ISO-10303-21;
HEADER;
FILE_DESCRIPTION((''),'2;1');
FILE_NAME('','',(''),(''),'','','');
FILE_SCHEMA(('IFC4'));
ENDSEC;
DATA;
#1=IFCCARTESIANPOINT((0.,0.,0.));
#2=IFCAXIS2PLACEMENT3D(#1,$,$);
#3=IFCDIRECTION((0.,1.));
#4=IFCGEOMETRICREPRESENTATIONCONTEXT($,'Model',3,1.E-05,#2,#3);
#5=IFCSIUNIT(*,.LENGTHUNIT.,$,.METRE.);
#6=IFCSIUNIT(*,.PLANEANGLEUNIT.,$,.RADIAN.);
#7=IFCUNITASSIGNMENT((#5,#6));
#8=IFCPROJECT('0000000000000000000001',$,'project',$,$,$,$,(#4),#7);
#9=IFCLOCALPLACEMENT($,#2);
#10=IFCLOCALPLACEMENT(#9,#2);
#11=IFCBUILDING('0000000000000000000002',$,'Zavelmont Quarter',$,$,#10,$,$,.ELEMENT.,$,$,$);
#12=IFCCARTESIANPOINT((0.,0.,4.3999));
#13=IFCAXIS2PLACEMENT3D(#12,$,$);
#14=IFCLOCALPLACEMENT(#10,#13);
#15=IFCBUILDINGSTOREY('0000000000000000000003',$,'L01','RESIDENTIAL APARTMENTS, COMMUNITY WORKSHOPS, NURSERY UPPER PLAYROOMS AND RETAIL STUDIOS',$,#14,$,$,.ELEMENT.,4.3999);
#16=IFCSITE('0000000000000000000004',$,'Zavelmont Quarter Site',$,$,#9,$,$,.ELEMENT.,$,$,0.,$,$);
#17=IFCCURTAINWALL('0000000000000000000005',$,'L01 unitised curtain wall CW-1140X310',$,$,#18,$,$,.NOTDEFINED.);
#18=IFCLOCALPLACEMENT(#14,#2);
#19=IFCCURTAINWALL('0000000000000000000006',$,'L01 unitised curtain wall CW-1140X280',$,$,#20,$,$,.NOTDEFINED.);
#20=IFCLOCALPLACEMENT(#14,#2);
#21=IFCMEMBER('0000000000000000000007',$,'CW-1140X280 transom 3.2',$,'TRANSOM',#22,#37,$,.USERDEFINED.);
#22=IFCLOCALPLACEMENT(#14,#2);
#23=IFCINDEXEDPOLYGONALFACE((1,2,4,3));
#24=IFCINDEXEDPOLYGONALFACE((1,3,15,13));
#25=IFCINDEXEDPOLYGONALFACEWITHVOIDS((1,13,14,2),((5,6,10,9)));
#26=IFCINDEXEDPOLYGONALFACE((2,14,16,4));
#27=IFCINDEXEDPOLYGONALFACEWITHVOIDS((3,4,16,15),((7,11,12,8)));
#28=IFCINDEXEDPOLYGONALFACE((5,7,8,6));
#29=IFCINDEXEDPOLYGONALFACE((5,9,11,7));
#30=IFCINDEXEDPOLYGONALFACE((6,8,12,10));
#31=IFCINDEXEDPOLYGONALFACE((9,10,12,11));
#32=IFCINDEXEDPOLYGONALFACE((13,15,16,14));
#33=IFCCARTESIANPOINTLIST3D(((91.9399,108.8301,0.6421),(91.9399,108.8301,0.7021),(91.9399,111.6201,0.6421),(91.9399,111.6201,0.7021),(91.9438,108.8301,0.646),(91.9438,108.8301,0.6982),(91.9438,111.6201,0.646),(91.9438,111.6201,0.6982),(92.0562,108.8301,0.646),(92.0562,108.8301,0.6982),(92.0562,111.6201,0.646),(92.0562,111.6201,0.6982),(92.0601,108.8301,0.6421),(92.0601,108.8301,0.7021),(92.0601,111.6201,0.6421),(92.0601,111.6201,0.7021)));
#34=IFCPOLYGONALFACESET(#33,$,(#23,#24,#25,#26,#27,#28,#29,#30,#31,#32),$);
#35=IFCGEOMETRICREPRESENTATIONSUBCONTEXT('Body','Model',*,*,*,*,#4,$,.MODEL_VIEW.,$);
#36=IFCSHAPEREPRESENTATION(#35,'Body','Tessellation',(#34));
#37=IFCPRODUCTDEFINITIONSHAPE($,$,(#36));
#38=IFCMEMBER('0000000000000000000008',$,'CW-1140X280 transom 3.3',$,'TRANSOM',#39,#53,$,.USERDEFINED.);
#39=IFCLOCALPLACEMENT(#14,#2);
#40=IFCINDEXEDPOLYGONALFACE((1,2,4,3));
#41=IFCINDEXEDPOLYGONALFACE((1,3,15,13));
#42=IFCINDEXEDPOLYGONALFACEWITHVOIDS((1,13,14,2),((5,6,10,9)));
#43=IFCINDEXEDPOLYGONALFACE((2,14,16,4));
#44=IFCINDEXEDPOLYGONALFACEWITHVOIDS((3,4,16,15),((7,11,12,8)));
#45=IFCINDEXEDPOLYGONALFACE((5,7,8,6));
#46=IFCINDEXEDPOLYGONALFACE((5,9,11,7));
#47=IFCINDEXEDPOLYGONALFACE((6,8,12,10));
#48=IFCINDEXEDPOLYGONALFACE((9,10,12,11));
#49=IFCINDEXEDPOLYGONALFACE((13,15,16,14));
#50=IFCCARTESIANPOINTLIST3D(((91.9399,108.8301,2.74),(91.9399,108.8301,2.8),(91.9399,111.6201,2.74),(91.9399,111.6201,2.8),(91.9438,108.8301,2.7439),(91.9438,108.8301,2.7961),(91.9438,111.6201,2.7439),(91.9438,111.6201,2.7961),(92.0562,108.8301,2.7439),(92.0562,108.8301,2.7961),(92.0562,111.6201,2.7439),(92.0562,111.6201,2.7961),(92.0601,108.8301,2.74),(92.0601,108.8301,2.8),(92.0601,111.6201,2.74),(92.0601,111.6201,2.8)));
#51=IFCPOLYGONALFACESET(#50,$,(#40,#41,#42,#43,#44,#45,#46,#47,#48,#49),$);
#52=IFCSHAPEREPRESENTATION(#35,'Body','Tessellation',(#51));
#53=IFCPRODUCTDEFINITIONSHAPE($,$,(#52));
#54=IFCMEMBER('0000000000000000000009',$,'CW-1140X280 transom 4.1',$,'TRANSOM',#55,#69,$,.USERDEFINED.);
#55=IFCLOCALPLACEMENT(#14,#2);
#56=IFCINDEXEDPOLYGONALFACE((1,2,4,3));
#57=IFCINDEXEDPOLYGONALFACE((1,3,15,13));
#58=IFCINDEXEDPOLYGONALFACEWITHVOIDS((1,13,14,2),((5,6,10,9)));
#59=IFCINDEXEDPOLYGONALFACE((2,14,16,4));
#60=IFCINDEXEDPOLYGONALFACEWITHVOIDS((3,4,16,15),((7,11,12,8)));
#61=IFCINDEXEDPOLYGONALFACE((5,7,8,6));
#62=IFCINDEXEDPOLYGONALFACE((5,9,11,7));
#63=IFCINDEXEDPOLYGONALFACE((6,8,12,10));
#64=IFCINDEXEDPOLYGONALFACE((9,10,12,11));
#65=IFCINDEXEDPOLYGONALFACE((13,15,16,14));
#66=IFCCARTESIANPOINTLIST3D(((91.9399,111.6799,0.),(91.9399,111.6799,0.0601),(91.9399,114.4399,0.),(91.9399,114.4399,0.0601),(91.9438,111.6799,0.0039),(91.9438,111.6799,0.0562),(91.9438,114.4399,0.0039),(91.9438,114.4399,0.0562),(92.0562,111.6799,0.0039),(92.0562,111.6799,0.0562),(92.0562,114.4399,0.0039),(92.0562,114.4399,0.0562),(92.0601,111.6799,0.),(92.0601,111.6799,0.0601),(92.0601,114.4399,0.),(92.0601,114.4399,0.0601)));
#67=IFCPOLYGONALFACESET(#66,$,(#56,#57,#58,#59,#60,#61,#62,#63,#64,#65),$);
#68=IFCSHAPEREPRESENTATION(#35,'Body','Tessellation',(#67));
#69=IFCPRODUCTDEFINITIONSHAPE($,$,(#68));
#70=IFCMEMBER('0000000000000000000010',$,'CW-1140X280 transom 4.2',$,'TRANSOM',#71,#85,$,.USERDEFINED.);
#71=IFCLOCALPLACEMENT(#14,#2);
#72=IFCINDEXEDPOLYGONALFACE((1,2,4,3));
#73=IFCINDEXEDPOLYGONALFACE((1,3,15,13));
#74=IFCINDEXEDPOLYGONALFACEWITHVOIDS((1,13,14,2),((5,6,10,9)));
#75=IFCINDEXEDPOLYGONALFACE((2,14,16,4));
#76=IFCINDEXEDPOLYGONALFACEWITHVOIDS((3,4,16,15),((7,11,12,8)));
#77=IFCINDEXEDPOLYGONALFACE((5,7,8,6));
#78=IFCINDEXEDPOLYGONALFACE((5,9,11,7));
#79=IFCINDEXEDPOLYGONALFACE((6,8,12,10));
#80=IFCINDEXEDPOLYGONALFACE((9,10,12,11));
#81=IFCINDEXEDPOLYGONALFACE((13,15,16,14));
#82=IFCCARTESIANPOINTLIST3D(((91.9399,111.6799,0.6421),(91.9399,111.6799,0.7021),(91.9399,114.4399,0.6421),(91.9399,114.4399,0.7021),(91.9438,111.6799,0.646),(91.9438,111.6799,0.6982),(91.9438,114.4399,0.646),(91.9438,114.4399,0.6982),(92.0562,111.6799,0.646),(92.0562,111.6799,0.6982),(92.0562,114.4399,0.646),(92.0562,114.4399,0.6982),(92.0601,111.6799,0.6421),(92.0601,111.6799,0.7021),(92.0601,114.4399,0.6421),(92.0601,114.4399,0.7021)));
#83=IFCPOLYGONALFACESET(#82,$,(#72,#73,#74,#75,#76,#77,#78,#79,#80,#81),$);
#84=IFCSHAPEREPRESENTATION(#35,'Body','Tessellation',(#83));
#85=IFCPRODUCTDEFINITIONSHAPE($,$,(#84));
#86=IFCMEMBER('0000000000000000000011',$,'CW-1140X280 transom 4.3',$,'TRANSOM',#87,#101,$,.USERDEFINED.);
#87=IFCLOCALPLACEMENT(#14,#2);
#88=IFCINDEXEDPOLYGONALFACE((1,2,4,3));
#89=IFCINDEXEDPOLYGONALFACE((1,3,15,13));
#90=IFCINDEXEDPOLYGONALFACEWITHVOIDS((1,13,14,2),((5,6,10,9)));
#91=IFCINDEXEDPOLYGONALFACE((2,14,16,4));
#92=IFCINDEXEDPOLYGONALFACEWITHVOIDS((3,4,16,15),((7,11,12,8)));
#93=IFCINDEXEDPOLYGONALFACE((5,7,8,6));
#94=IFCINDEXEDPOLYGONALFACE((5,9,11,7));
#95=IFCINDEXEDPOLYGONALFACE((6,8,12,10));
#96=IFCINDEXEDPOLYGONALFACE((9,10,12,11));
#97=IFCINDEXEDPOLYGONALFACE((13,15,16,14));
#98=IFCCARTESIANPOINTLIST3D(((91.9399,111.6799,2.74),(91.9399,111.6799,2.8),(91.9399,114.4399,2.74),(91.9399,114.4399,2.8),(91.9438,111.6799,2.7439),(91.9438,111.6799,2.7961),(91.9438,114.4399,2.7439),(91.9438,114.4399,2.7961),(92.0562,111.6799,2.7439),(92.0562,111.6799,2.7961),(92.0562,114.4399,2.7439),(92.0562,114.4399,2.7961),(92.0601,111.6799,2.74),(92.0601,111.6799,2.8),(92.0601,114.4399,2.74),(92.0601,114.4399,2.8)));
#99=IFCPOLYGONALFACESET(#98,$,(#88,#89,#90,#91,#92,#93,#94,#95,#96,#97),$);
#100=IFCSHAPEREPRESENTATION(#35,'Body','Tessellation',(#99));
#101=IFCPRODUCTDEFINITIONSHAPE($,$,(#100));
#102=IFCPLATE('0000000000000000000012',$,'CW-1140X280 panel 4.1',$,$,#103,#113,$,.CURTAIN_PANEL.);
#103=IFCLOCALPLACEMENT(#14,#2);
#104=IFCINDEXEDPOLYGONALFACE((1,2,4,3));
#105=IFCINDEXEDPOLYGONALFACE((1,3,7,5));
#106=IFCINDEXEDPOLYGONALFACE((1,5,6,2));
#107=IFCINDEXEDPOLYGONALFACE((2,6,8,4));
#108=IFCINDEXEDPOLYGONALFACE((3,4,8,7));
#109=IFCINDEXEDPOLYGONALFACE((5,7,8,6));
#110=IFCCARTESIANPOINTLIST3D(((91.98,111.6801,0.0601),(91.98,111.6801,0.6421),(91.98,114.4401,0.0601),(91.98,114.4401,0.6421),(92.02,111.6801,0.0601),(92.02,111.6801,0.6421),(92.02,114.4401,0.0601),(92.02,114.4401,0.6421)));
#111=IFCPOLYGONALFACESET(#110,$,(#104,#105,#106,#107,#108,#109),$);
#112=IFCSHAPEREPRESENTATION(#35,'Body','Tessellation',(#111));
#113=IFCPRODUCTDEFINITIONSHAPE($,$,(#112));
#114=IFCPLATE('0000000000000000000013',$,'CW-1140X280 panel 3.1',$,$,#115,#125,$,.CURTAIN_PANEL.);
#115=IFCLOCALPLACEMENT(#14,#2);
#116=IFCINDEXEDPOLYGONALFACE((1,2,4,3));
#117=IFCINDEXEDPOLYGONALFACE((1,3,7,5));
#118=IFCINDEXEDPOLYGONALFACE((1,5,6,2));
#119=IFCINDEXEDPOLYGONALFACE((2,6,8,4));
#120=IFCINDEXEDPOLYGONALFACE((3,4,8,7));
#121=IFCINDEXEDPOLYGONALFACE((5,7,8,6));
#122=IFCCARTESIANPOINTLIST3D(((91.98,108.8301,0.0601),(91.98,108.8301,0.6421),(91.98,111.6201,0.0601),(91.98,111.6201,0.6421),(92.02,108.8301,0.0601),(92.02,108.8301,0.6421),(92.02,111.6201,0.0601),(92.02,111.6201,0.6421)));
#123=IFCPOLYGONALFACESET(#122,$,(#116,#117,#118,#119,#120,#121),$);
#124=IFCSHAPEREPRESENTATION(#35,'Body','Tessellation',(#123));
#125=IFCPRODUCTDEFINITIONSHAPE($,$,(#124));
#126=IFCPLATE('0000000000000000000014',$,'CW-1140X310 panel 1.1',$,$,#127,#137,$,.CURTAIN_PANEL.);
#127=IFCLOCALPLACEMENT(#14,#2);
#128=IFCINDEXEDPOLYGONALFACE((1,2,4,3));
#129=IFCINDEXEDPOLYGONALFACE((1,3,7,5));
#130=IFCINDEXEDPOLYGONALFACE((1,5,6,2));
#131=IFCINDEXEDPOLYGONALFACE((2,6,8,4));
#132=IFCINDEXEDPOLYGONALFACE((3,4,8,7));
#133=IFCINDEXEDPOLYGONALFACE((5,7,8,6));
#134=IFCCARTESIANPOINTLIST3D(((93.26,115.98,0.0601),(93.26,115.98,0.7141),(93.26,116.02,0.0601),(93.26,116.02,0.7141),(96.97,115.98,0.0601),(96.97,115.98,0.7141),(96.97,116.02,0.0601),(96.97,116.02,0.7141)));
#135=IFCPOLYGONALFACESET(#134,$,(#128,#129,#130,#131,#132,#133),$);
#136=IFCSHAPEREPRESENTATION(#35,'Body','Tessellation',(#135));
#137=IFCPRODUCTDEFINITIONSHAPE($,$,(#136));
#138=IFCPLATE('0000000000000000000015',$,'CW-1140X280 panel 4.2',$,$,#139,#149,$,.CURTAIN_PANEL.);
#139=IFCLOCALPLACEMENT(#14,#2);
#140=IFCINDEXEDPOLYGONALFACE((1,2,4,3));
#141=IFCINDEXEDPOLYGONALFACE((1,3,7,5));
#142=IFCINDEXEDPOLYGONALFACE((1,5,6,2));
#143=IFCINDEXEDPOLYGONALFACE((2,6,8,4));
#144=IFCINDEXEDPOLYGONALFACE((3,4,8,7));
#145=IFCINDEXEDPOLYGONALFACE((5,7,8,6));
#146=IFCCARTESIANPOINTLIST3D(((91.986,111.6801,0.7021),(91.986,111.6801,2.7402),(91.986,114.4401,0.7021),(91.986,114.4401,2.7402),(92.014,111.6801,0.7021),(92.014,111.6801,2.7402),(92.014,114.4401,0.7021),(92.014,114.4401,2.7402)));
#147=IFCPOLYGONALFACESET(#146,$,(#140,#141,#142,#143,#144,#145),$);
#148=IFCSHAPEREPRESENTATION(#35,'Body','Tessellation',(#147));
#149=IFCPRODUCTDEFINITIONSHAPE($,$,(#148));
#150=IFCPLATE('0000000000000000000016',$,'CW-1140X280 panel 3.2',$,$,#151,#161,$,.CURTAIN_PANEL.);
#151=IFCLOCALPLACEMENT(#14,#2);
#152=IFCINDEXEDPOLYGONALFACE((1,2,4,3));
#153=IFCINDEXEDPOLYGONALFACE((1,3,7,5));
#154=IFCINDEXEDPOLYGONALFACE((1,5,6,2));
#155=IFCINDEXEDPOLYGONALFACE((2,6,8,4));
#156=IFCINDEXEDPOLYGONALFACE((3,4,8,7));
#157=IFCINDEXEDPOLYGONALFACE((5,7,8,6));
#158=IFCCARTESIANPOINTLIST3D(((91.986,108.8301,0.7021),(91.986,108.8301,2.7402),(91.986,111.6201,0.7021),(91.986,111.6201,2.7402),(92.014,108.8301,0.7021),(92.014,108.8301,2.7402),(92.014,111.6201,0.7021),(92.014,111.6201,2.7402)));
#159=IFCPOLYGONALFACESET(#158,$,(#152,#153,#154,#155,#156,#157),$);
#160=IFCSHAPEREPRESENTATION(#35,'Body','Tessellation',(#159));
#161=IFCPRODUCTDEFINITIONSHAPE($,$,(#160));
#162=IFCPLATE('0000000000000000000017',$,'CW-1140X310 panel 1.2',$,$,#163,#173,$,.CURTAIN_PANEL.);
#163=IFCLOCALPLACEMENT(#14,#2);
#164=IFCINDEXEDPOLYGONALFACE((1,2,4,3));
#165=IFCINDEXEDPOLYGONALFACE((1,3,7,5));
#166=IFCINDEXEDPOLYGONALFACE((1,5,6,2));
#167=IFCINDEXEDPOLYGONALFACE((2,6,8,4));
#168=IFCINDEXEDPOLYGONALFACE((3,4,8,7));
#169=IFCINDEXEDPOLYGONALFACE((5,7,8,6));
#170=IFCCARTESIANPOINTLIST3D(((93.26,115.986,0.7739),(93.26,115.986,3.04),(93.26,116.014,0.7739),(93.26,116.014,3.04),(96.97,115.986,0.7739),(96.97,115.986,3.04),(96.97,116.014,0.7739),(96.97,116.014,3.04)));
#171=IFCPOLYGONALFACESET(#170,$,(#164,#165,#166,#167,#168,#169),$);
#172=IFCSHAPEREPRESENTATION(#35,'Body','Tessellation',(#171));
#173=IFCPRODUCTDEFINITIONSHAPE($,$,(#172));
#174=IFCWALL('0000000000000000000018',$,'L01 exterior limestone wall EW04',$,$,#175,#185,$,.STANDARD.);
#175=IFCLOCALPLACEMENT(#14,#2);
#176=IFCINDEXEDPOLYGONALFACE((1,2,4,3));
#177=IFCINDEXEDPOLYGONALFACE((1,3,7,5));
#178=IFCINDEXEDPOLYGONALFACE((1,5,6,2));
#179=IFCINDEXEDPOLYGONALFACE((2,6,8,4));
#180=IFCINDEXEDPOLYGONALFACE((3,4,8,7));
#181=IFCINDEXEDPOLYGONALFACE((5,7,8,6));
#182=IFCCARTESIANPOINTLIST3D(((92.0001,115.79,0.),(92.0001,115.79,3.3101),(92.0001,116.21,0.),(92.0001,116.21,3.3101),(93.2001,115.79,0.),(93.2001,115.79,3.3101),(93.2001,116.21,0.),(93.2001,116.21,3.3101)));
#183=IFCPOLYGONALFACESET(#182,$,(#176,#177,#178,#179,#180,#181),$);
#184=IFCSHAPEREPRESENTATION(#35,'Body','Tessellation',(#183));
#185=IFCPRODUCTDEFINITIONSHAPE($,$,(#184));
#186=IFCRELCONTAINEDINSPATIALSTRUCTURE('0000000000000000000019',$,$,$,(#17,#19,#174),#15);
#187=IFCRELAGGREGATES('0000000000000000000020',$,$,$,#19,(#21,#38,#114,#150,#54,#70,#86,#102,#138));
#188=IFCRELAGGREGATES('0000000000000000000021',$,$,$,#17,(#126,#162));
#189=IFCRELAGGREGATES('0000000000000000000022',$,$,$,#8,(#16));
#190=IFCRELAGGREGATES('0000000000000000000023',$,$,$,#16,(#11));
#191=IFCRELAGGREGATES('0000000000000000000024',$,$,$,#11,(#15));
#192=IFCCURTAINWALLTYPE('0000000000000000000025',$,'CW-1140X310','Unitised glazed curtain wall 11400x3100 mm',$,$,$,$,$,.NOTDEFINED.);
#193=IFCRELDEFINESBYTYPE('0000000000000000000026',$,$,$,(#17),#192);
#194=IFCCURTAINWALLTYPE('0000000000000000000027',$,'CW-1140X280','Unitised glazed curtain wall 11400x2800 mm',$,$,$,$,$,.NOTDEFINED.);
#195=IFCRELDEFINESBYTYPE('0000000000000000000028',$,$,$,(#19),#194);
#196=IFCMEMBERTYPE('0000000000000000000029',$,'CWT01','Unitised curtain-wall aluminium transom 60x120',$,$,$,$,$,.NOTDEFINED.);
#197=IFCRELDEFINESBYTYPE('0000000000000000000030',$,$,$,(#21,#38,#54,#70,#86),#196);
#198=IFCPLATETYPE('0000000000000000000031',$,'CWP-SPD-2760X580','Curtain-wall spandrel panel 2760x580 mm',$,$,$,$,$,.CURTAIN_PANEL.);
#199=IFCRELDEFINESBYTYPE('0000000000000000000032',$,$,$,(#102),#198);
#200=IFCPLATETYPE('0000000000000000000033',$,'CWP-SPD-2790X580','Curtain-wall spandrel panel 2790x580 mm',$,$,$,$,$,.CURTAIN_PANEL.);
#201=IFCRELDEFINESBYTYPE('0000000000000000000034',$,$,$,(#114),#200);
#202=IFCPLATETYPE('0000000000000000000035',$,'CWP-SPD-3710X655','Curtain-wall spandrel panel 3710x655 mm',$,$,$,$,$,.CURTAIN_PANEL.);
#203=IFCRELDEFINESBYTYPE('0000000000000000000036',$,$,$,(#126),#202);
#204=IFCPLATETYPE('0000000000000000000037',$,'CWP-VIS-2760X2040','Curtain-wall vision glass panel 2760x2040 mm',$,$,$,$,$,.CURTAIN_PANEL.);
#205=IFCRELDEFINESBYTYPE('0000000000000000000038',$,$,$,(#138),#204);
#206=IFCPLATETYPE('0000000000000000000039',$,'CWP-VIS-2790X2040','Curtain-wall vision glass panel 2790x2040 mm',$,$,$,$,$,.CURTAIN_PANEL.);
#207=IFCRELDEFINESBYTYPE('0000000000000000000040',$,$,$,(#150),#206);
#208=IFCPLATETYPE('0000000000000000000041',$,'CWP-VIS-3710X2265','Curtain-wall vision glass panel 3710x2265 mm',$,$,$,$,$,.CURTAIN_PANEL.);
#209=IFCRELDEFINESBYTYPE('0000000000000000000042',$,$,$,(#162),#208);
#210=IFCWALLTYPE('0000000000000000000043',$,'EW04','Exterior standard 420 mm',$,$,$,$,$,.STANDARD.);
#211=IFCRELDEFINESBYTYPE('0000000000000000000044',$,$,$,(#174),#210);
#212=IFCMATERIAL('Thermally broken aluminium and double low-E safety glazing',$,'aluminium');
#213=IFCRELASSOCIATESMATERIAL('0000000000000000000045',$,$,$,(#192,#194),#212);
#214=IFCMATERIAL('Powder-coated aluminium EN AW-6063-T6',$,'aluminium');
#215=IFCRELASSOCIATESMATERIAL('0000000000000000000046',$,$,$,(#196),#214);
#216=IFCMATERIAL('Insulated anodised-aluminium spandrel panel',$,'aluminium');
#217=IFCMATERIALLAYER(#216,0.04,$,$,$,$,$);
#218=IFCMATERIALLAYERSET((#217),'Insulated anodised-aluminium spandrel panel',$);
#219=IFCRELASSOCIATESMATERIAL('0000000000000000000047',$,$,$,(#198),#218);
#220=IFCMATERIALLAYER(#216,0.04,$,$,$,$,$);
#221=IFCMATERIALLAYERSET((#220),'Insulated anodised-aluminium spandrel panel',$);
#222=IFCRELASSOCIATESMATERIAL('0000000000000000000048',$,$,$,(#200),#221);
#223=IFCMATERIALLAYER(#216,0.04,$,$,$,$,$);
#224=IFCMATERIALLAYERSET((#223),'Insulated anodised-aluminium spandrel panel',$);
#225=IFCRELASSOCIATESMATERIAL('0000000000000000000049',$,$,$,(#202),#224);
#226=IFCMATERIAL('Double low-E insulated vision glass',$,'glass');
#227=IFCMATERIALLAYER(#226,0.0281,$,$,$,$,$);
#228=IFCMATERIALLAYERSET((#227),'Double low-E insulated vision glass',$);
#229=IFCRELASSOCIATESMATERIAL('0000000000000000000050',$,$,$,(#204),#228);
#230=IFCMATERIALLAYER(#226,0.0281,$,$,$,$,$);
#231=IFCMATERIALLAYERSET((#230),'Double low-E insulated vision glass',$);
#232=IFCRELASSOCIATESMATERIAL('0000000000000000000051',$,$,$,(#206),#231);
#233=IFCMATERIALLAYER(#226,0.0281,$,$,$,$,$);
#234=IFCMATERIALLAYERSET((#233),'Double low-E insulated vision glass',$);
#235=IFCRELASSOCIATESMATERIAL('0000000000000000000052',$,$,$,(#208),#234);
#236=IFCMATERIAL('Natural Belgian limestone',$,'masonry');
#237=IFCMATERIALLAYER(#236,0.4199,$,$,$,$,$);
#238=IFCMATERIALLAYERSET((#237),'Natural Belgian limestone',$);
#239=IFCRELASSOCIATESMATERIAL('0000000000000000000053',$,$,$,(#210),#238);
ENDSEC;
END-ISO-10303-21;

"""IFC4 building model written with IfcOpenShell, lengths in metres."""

from ifc_helpers import new_model, si_unit, direction, frame, frame_2d, origin, origin_2d, place, context, subcontext, project, spatial, rectangle, hollow_rectangle, extrude, material, layer, layer_set, material_profile, profile_set, type_object, element, aggregate, save


model = new_model("IFC4")

# Units and contexts
model_context = context("Model", 3, precision=1e-05, world=origin(), true_north=direction((0.0, 1.0)))
body_context = subcontext(model_context, "Body", "Model", "MODEL_VIEW")
ifc_project = project(units=[si_unit("LENGTHUNIT", "METRE"), si_unit("PLANEANGLEUNIT", "RADIAN")], contexts=[model_context])

# Site, building, storey
site_placement = place(None, origin())
site = spatial("IfcSite", under=ifc_project, at=site_placement, Name="Zavelmont Quarter Site", CompositionType="ELEMENT", RefElevation=0.0)
building_placement = place(site_placement, origin())
building = spatial("IfcBuilding", under=site, at=building_placement, Name="Zavelmont Quarter", CompositionType="ELEMENT")
storey_placement = place(building_placement, frame((0.0, 0.0, 4.3999)))
storey = spatial("IfcBuildingStorey", under=building, at=storey_placement, Name="L01", Description="RESIDENTIAL APARTMENTS, COMMUNITY WORKSHOPS, NURSERY UPPER PLAYROOMS AND RETAIL STUDIOS", CompositionType="ELEMENT", Elevation=4.3999)

# Curtain wall
ifc_material_1 = material(Name="Thermally broken aluminium and double low-E safety glazing", Category="aluminium")
curtain_wall_type_1 = type_object("IfcCurtainWallType", Name="CW-1140X310", Description="Unitised glazed curtain wall 11400x3100 mm", PredefinedType="NOTDEFINED", material=ifc_material_1)
curtain_wall_1_placement = place(storey_placement, origin())
curtain_wall_1 = element("IfcCurtainWall", 1, at=curtain_wall_1_placement, inside=storey, type_object=curtain_wall_type_1, Name="L01 unitised curtain wall CW-1140X310", PredefinedType="NOTDEFINED")
ifc_material_2 = material(Name="Powder-coated aluminium EN AW-6063-T6", Category="aluminium")

# Curtain wall
curtain_wall_type_2 = type_object("IfcCurtainWallType", Name="CW-1140X280", Description="Unitised glazed curtain wall 11400x2800 mm", PredefinedType="NOTDEFINED", material=ifc_material_1)
curtain_wall_2_placement = place(storey_placement, origin())
curtain_wall_2 = element("IfcCurtainWall", 2, at=curtain_wall_2_placement, inside=storey, type_object=curtain_wall_type_2, Name="L01 unitised curtain wall CW-1140X280", PredefinedType="NOTDEFINED")

# Members
ifc_material_profile_1 = material_profile(ifc_material_2, hollow_rectangle(XDim=0.1201, YDim=0.0601, WallThickness=0.0039, at=origin_2d()), Name="CWT60X120")
ifc_profile_set_1 = profile_set([ifc_material_profile_1], Name="Powder-coated aluminium EN AW-6063-T6")
member_type_1 = type_object("IfcMemberType", Name="CWT01", Description="Unitised curtain-wall aluminium transom 60x120", PredefinedType="NOTDEFINED", material=ifc_profile_set_1)
member_1_placement = place(storey_placement, frame((92.0, 108.8301, 0.6721), z_axis=(0.0, 1.0, 0.0), x_axis=(-1.0, 0.0, 0.0)))
member_1 = element("IfcMember", 3, at=member_1_placement, type_object=member_type_1, Name="CW-1140X280 transom 3.2", ObjectType="TRANSOM", PredefinedType="USERDEFINED", context=body_context, shape_type="SweptSolid", body=[
    extrude(hollow_rectangle(XDim=0.1201, YDim=0.0601, WallThickness=0.0039, at=origin_2d()), origin(), (0.0, 0.0, 1.0), 2.79),
])
member_2_placement = place(storey_placement, frame((92.0, 108.8301, 2.77), z_axis=(0.0, 1.0, 0.0), x_axis=(-1.0, 0.0, 0.0)))
member_2 = element("IfcMember", 4, at=member_2_placement, type_object=member_type_1, Name="CW-1140X280 transom 3.3", ObjectType="TRANSOM", PredefinedType="USERDEFINED", context=body_context, shape_type="SweptSolid", body=[
    extrude(hollow_rectangle(XDim=0.1201, YDim=0.0601, WallThickness=0.0039, at=origin_2d()), origin(), (0.0, 0.0, 1.0), 2.79),
])
member_3_placement = place(storey_placement, frame((92.0, 111.6799, 0.03), z_axis=(0.0, 1.0, 0.0), x_axis=(-1.0, 0.0, 0.0)))
member_3 = element("IfcMember", 5, at=member_3_placement, type_object=member_type_1, Name="CW-1140X280 transom 4.1", ObjectType="TRANSOM", PredefinedType="USERDEFINED", context=body_context, shape_type="SweptSolid", body=[
    extrude(hollow_rectangle(XDim=0.1201, YDim=0.0601, WallThickness=0.0039, at=origin_2d()), origin(), (0.0, 0.0, 1.0), 2.76),
])
member_4_placement = place(storey_placement, frame((92.0, 111.6799, 0.6721), z_axis=(0.0, 1.0, 0.0), x_axis=(-1.0, 0.0, 0.0)))
member_4 = element("IfcMember", 6, at=member_4_placement, type_object=member_type_1, Name="CW-1140X280 transom 4.2", ObjectType="TRANSOM", PredefinedType="USERDEFINED", context=body_context, shape_type="SweptSolid", body=[
    extrude(hollow_rectangle(XDim=0.1201, YDim=0.0601, WallThickness=0.0039, at=origin_2d()), origin(), (0.0, 0.0, 1.0), 2.76),
])
member_5_placement = place(storey_placement, frame((92.0, 111.6799, 2.77), z_axis=(0.0, 1.0, 0.0), x_axis=(-1.0, 0.0, 0.0)))
member_5 = element("IfcMember", 7, at=member_5_placement, type_object=member_type_1, Name="CW-1140X280 transom 4.3", ObjectType="TRANSOM", PredefinedType="USERDEFINED", context=body_context, shape_type="SweptSolid", body=[
    extrude(hollow_rectangle(XDim=0.1201, YDim=0.0601, WallThickness=0.0039, at=origin_2d()), origin(), (0.0, 0.0, 1.0), 2.76),
])

# Plates
ifc_material_3 = material(Name="Insulated anodised-aluminium spandrel panel", Category="aluminium")
ifc_layer_1 = layer(ifc_material_3, 0.04)
ifc_layer_set_1 = layer_set([ifc_layer_1], Name="Insulated anodised-aluminium spandrel panel")
plate_type_1 = type_object("IfcPlateType", Name="CWP-SPD-2760X580", Description="Curtain-wall spandrel panel 2760x580 mm", PredefinedType="CURTAIN_PANEL", material=ifc_layer_set_1)
plate_1_placement = place(storey_placement, frame((92.0, 113.0601, 0.0601), z_axis=(0.0, 0.0, 1.0), x_axis=(0.0, 1.0, 0.0)))
plate_1 = element("IfcPlate", 8, at=plate_1_placement, type_object=plate_type_1, Name="CW-1140X280 panel 4.1", PredefinedType="CURTAIN_PANEL", context=body_context, shape_type="SweptSolid", body=[
    extrude(rectangle(XDim=2.76, YDim=0.04, at=origin_2d()), origin(), (0.0, 0.0, 1.0), 0.582),
])
ifc_layer_2 = layer(ifc_material_3, 0.04)
ifc_layer_set_2 = layer_set([ifc_layer_2], Name="Insulated anodised-aluminium spandrel panel")
plate_type_2 = type_object("IfcPlateType", Name="CWP-SPD-2790X580", Description="Curtain-wall spandrel panel 2790x580 mm", PredefinedType="CURTAIN_PANEL", material=ifc_layer_set_2)
plate_2_placement = place(storey_placement, frame((92.0, 110.2251, 0.0601), z_axis=(0.0, 0.0, 1.0), x_axis=(0.0, 1.0, 0.0)))
plate_2 = element("IfcPlate", 9, at=plate_2_placement, type_object=plate_type_2, Name="CW-1140X280 panel 3.1", PredefinedType="CURTAIN_PANEL", context=body_context, shape_type="SweptSolid", body=[
    extrude(rectangle(XDim=2.79, YDim=0.04, at=origin_2d()), origin(), (0.0, 0.0, 1.0), 0.582),
])
ifc_layer_3 = layer(ifc_material_3, 0.04)
ifc_layer_set_3 = layer_set([ifc_layer_3], Name="Insulated anodised-aluminium spandrel panel")
plate_type_3 = type_object("IfcPlateType", Name="CWP-SPD-3710X655", Description="Curtain-wall spandrel panel 3710x655 mm", PredefinedType="CURTAIN_PANEL", material=ifc_layer_set_3)
plate_3_placement = place(storey_placement, frame((95.115, 116.0, 0.0601), z_axis=(0.0, 0.0, 1.0), x_axis=(1.0, 0.0, 0.0)))
plate_3 = element("IfcPlate", 10, at=plate_3_placement, type_object=plate_type_3, Name="CW-1140X310 panel 1.1", PredefinedType="CURTAIN_PANEL", context=body_context, shape_type="SweptSolid", body=[
    extrude(rectangle(XDim=3.71, YDim=0.04, at=origin_2d()), origin(), (0.0, 0.0, 1.0), 0.6541),
])
ifc_material_4 = material(Name="Double low-E insulated vision glass", Category="glass")
ifc_layer_4 = layer(ifc_material_4, 0.0281)
ifc_layer_set_4 = layer_set([ifc_layer_4], Name="Double low-E insulated vision glass")
plate_type_4 = type_object("IfcPlateType", Name="CWP-VIS-2760X2040", Description="Curtain-wall vision glass panel 2760x2040 mm", PredefinedType="CURTAIN_PANEL", material=ifc_layer_set_4)
plate_4_placement = place(storey_placement, frame((92.0, 113.0601, 0.7021), z_axis=(0.0, 0.0, 1.0), x_axis=(0.0, 1.0, 0.0)))
plate_4 = element("IfcPlate", 11, at=plate_4_placement, type_object=plate_type_4, Name="CW-1140X280 panel 4.2", PredefinedType="CURTAIN_PANEL", context=body_context, shape_type="SweptSolid", body=[
    extrude(rectangle(XDim=2.76, YDim=0.0281, at=origin_2d()), origin(), (0.0, 0.0, 1.0), 2.0381),
])
ifc_layer_5 = layer(ifc_material_4, 0.0281)
ifc_layer_set_5 = layer_set([ifc_layer_5], Name="Double low-E insulated vision glass")
plate_type_5 = type_object("IfcPlateType", Name="CWP-VIS-2790X2040", Description="Curtain-wall vision glass panel 2790x2040 mm", PredefinedType="CURTAIN_PANEL", material=ifc_layer_set_5)
plate_5_placement = place(storey_placement, frame((92.0, 110.2251, 0.7021), z_axis=(0.0, 0.0, 1.0), x_axis=(0.0, 1.0, 0.0)))
plate_5 = element("IfcPlate", 12, at=plate_5_placement, type_object=plate_type_5, Name="CW-1140X280 panel 3.2", PredefinedType="CURTAIN_PANEL", context=body_context, shape_type="SweptSolid", body=[
    extrude(rectangle(XDim=2.79, YDim=0.0281, at=origin_2d()), origin(), (0.0, 0.0, 1.0), 2.0381),
])
aggregate(curtain_wall_2, [member_1, member_2, plate_2, plate_5, member_3, member_4, member_5, plate_1, plate_4])
ifc_layer_6 = layer(ifc_material_4, 0.0281)
ifc_layer_set_6 = layer_set([ifc_layer_6], Name="Double low-E insulated vision glass")
plate_type_6 = type_object("IfcPlateType", Name="CWP-VIS-3710X2265", Description="Curtain-wall vision glass panel 3710x2265 mm", PredefinedType="CURTAIN_PANEL", material=ifc_layer_set_6)
plate_6_placement = place(storey_placement, frame((95.115, 116.0, 0.7739), z_axis=(0.0, 0.0, 1.0), x_axis=(1.0, 0.0, 0.0)))
plate_6 = element("IfcPlate", 13, at=plate_6_placement, type_object=plate_type_6, Name="CW-1140X310 panel 1.2", PredefinedType="CURTAIN_PANEL", context=body_context, shape_type="SweptSolid", body=[
    extrude(rectangle(XDim=3.71, YDim=0.0281, at=origin_2d()), origin(), (0.0, 0.0, 1.0), 2.2661),
])
aggregate(curtain_wall_1, [plate_3, plate_6])

# Wall
ifc_material_5 = material(Name="Natural Belgian limestone", Category="masonry")
ifc_layer_7 = layer(ifc_material_5, 0.4199)
ifc_layer_set_7 = layer_set([ifc_layer_7], Name="Natural Belgian limestone")
wall_type = type_object("IfcWallType", Name="EW04", Description="Exterior standard 420 mm", PredefinedType="STANDARD", material=ifc_layer_set_7)
wall_1_placement = place(storey_placement, frame((92.0, 116.0, 0.0), z_axis=(0.0, 0.0, 1.0), x_axis=(1.0, 0.0, 0.0)))
element("IfcWall", 14, at=wall_1_placement, inside=storey, type_object=wall_type, Name="L01 exterior limestone wall EW04", PredefinedType="STANDARD", context=body_context, shape_type="SweptSolid", body=[
    extrude(rectangle(XDim=1.2, YDim=0.4199, at=frame_2d((0.6001, 0.0))), origin(), (0.0, 0.0, 1.0), 3.3101),
])

save(model, "model.ifc")
